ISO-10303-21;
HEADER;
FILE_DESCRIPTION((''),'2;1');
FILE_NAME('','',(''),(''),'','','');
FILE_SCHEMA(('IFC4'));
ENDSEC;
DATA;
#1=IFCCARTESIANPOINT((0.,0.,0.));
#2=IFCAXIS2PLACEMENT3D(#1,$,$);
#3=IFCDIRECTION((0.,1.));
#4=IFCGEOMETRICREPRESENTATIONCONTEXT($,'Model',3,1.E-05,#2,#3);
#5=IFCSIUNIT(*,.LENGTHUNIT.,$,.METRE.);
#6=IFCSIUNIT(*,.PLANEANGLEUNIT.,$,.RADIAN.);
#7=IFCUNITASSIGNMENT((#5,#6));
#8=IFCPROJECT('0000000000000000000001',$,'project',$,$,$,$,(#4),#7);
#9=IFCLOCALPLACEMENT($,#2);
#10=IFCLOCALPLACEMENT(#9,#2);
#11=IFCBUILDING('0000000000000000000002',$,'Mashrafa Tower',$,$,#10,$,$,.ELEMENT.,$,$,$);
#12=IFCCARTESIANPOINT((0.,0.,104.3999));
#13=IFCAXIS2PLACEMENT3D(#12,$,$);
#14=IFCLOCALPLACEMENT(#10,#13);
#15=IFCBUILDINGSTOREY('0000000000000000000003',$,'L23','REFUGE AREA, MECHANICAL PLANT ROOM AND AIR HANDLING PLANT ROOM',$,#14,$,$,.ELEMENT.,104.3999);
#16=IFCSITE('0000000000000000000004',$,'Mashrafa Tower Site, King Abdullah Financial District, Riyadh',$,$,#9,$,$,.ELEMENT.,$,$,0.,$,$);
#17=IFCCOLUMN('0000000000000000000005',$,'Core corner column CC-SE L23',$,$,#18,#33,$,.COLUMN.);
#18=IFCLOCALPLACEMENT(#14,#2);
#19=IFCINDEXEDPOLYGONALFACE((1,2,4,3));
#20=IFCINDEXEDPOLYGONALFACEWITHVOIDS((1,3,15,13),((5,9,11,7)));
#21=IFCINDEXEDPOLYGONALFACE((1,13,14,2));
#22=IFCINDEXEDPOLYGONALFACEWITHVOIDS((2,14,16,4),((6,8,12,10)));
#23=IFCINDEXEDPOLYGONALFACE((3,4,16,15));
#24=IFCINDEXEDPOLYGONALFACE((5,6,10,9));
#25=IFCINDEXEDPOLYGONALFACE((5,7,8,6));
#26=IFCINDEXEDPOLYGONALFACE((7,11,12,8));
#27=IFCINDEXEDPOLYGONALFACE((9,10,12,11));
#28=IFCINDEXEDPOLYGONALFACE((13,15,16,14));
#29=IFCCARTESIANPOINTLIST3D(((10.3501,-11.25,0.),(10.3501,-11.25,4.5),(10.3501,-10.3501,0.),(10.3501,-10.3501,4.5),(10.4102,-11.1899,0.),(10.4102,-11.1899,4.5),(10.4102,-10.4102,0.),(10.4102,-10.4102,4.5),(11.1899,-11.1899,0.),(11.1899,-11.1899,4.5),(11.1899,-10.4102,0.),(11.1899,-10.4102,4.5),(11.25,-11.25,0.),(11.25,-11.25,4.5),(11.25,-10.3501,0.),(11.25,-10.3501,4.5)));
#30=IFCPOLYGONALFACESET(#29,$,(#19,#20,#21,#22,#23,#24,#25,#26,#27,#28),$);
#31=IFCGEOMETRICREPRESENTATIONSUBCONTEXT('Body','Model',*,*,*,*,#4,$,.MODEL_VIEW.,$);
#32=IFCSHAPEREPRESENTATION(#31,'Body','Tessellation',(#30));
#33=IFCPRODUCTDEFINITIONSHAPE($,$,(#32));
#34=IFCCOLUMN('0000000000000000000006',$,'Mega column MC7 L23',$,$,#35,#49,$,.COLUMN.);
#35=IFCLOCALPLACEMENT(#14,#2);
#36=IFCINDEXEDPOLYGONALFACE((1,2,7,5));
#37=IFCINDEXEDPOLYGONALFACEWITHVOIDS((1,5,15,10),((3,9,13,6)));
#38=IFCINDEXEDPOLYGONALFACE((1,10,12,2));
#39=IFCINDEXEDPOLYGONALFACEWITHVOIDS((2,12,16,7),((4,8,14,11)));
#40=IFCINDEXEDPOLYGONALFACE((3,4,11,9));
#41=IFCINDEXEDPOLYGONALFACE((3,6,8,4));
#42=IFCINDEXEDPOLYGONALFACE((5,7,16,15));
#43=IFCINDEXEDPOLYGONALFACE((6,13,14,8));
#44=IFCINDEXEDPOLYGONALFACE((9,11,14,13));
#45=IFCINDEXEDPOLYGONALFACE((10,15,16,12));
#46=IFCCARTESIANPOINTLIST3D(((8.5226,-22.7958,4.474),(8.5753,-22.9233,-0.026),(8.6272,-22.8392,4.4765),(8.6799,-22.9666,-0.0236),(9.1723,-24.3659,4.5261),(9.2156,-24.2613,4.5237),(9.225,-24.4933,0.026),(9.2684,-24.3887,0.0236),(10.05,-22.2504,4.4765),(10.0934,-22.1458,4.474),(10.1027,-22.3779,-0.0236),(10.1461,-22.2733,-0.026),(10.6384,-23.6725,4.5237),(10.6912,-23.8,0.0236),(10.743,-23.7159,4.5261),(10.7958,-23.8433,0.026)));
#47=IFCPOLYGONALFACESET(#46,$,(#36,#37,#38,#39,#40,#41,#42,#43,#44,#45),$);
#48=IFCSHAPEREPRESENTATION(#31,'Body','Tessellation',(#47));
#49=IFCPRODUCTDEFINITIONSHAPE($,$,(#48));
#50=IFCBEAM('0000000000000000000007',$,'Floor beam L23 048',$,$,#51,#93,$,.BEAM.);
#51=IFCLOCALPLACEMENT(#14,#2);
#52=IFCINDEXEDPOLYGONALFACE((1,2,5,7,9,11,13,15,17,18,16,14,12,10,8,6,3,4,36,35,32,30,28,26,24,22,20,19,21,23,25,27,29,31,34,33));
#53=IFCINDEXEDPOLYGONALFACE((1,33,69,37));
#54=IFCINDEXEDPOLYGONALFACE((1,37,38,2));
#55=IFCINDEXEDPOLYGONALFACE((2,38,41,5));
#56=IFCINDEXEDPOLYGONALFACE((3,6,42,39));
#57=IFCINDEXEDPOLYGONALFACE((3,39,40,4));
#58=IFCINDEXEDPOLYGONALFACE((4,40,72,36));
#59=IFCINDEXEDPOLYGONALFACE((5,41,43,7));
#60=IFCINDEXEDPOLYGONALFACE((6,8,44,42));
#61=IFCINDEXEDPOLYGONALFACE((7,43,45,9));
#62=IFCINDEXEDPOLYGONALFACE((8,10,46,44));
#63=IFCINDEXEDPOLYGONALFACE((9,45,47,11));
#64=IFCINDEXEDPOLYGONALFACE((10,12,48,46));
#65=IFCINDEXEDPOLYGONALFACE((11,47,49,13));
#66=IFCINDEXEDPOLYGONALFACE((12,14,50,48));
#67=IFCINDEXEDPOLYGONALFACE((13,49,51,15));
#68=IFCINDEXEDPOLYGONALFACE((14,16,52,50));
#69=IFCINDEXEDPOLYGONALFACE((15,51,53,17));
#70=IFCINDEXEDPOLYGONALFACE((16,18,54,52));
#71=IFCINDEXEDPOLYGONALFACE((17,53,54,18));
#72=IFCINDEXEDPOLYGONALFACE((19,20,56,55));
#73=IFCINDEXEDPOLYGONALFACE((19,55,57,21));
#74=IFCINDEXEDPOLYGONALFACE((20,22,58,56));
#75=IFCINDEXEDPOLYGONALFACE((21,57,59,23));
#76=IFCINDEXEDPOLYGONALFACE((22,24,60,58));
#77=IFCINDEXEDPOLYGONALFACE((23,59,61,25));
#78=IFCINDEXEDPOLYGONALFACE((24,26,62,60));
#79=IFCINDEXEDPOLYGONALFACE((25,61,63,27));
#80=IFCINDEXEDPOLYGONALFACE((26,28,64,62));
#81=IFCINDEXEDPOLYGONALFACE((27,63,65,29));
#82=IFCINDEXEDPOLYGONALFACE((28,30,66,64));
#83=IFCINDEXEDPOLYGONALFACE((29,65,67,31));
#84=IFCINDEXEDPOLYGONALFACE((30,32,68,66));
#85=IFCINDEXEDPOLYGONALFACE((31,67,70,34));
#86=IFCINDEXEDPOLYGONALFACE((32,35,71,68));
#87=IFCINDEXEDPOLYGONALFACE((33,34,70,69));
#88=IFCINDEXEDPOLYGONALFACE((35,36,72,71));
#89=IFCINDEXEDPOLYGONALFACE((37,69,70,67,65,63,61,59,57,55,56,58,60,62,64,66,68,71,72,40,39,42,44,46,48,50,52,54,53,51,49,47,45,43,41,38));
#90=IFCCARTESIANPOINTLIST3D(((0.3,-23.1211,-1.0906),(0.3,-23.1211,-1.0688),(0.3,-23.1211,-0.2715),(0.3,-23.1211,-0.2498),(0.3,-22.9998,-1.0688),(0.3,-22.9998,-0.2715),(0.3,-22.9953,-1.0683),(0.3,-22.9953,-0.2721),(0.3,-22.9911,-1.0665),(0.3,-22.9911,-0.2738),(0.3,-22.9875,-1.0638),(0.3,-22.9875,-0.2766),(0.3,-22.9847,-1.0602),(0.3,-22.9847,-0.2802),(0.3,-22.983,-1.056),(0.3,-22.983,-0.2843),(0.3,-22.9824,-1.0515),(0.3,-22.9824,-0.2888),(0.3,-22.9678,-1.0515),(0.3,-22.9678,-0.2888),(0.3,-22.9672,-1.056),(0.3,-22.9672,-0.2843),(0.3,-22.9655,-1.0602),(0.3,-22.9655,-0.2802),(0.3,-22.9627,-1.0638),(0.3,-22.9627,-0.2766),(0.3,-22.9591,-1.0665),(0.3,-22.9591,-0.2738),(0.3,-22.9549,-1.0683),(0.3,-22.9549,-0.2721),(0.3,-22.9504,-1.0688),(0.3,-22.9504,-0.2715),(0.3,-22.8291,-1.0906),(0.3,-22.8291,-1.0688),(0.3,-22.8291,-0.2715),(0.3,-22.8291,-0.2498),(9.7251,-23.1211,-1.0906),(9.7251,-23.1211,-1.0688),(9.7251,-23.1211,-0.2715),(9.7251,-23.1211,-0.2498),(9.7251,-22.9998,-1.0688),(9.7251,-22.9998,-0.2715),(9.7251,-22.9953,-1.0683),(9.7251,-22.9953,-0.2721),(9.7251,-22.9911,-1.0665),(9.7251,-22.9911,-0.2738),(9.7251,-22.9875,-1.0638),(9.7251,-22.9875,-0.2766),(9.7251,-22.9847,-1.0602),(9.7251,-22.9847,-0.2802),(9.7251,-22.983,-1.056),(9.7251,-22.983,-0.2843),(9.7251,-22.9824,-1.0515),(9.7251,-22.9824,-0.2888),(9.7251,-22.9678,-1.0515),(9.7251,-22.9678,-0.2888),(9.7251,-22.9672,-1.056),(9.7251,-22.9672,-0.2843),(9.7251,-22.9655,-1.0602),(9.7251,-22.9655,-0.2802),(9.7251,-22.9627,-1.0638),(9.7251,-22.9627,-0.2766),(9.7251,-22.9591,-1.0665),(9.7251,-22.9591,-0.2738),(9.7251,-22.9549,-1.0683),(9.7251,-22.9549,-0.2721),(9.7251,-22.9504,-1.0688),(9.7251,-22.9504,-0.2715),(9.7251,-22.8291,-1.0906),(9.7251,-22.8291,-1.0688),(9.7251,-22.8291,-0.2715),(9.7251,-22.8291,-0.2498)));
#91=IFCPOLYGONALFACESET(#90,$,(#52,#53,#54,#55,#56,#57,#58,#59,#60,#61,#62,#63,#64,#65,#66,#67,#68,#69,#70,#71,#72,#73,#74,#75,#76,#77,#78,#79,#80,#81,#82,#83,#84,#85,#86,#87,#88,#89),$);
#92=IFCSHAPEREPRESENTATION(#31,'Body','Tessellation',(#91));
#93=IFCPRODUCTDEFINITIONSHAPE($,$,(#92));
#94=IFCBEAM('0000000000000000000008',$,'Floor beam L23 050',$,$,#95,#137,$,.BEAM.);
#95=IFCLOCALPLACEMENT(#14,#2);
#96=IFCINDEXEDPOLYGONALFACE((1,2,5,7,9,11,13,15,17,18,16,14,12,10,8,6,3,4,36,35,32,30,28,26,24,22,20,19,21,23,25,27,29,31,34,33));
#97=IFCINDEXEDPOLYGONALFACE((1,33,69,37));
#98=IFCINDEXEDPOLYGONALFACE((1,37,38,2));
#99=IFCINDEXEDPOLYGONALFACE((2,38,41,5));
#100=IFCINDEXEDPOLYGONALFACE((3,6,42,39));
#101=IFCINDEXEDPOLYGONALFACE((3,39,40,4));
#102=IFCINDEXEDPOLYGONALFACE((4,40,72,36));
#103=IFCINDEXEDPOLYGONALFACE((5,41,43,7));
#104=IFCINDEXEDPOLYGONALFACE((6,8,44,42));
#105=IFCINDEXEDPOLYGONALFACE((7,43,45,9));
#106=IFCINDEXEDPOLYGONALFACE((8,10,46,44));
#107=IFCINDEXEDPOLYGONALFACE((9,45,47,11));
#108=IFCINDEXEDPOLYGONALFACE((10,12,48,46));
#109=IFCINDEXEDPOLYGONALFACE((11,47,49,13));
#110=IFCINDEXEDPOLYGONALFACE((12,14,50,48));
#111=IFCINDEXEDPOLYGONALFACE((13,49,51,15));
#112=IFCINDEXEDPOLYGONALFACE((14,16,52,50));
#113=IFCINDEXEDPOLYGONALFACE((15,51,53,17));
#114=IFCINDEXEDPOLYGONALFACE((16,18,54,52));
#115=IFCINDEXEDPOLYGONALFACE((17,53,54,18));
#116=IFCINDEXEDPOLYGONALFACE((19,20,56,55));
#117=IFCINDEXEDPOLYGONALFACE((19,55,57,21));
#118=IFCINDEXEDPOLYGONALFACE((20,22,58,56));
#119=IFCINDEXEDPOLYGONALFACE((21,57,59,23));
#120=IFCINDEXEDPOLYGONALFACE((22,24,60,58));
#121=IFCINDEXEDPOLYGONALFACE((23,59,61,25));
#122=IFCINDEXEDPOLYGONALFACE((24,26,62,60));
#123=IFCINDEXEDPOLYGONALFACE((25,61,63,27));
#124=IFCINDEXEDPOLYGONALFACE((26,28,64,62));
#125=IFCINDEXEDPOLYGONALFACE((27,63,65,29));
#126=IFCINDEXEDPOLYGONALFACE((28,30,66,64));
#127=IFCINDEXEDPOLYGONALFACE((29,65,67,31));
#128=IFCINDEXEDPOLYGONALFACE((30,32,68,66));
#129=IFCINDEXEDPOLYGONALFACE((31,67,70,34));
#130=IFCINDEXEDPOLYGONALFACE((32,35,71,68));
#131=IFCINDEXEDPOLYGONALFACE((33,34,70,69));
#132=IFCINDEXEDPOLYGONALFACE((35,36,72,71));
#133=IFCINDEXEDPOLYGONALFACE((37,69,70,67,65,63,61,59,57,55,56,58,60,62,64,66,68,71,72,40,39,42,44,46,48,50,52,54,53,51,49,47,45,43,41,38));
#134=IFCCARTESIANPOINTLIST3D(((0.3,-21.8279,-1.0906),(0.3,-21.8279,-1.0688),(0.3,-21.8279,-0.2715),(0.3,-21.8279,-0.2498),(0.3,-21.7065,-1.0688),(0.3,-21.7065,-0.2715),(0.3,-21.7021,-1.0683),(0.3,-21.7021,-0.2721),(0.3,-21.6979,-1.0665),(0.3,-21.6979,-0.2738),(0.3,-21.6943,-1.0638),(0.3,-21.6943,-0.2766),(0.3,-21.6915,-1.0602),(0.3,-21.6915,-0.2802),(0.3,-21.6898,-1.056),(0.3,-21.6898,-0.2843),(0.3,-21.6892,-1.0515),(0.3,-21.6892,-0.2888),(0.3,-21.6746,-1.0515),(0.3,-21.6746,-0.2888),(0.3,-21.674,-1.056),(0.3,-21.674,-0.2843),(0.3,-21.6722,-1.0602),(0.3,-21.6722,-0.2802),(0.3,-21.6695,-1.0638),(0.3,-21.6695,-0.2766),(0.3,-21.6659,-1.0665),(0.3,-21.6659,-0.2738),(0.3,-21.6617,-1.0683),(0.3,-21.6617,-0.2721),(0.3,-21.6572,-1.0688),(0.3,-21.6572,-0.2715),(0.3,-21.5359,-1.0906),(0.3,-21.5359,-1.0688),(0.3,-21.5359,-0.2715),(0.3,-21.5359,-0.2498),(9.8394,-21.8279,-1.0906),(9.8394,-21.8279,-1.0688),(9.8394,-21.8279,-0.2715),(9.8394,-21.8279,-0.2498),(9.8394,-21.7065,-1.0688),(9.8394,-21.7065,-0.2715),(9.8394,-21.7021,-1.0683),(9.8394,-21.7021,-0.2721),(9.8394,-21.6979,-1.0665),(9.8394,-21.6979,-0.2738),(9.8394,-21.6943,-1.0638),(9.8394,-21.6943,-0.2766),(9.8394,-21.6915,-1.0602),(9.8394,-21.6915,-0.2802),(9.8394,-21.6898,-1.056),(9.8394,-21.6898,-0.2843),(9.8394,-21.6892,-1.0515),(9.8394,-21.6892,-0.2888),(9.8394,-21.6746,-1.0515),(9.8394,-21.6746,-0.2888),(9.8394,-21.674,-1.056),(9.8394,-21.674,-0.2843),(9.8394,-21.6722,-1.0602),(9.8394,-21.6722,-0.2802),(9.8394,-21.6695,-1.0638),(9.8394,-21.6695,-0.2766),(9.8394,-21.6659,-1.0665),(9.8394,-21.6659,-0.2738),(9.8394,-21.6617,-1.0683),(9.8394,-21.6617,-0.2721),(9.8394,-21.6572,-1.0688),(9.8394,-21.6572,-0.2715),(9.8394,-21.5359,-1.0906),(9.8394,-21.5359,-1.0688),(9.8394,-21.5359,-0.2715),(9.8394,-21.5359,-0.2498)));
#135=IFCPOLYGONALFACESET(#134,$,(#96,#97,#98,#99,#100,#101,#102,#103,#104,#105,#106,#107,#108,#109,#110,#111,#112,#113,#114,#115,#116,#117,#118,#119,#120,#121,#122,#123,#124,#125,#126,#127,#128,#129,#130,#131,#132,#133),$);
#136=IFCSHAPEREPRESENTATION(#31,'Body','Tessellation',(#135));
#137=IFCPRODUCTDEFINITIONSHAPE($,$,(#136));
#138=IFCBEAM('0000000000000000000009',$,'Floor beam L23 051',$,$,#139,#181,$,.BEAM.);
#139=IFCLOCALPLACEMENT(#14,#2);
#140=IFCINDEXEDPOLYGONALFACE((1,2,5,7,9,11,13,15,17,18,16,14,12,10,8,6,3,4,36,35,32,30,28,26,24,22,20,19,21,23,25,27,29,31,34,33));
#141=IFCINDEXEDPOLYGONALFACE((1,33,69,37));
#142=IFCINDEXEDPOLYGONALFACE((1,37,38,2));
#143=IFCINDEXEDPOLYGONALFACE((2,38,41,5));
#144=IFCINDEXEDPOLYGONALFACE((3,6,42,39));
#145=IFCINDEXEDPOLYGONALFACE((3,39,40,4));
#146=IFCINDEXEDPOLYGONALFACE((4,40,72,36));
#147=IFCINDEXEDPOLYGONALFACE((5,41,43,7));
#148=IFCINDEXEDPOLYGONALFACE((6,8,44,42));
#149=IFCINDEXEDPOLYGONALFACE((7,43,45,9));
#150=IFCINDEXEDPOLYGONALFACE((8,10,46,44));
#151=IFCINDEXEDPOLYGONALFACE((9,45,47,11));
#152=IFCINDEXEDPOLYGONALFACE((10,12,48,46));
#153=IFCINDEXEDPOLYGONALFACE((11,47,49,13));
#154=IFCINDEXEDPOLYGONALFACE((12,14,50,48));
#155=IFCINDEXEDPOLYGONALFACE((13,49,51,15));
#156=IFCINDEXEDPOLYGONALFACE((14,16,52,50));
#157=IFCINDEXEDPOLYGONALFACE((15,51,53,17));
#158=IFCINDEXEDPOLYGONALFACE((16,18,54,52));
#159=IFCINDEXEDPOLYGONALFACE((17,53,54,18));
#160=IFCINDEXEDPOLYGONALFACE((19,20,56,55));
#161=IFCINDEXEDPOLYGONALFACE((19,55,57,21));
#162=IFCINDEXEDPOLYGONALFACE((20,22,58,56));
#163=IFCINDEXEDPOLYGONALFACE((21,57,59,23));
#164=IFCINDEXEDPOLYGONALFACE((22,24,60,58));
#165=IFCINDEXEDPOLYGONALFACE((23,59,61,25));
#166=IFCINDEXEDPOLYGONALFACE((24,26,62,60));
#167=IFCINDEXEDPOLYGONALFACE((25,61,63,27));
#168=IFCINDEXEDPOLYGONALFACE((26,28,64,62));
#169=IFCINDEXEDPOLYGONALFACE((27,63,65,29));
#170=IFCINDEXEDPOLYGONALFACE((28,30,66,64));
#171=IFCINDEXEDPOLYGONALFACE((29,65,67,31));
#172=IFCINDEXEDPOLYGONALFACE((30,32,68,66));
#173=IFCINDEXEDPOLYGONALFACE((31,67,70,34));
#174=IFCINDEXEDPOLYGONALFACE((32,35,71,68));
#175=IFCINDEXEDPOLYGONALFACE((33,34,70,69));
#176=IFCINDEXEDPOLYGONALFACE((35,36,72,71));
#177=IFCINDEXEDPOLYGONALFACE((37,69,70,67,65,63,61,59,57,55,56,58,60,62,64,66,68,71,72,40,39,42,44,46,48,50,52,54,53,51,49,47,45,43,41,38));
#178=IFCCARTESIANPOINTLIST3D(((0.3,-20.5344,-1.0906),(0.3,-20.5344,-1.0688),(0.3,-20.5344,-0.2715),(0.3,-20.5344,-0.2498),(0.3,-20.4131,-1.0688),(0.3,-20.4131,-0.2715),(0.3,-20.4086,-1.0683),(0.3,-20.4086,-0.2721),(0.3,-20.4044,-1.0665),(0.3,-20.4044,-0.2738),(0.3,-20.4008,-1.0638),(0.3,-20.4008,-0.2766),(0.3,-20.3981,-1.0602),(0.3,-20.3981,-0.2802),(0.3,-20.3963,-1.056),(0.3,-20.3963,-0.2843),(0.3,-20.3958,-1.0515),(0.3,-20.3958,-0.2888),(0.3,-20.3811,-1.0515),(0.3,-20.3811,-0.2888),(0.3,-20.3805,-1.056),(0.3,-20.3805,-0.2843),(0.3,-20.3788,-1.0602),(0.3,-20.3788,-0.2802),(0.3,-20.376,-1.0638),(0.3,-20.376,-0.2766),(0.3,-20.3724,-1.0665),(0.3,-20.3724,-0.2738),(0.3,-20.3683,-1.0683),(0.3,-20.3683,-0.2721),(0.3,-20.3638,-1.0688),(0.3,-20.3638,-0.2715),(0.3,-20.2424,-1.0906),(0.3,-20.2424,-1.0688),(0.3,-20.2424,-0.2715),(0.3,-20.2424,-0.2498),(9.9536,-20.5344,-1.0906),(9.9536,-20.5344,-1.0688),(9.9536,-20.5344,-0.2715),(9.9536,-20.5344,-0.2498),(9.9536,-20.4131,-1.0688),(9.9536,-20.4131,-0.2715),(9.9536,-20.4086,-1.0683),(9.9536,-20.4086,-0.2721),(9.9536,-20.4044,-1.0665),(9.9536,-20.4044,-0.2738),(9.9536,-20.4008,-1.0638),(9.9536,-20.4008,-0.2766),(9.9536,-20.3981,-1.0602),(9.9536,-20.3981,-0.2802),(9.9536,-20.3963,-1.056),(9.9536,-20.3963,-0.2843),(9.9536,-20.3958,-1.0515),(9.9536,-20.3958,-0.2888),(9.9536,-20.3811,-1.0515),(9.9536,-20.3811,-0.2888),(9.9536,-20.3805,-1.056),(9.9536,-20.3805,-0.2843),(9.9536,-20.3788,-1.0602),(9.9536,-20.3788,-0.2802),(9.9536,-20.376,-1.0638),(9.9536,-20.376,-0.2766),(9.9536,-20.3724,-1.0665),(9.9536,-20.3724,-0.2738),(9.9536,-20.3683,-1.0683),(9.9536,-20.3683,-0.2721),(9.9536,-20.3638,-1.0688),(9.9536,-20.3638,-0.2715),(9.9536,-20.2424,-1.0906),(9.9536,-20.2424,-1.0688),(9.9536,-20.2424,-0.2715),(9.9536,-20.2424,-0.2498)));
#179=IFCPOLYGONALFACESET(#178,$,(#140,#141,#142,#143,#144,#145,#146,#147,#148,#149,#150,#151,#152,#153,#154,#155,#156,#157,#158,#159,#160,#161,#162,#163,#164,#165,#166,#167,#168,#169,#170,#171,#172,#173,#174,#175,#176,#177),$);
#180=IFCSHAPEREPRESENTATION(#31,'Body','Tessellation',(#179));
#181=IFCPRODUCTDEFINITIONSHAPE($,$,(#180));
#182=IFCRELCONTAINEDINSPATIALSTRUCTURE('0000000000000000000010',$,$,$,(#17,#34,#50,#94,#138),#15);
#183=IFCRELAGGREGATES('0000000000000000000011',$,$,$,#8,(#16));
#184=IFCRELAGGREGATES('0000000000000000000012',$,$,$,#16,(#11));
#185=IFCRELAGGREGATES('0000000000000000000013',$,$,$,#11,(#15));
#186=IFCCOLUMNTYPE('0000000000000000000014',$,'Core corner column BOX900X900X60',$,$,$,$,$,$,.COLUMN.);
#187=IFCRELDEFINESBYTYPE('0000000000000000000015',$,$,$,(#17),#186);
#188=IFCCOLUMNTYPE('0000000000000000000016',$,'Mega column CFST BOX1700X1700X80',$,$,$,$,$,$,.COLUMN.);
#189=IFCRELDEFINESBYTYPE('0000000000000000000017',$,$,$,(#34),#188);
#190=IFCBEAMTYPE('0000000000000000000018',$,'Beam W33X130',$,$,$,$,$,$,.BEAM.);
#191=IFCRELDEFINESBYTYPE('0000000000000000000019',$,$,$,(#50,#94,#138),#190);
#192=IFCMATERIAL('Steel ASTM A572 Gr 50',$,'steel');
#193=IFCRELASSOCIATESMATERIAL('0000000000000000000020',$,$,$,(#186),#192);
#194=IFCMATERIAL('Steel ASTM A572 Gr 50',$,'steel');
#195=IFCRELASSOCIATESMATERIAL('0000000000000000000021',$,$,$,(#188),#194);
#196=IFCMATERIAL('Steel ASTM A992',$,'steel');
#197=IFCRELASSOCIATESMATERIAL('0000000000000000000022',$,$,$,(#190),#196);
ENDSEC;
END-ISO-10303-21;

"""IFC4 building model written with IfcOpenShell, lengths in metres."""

from ifc_helpers import new_model, si_unit, direction, frame, origin, origin_2d, place, context, subcontext, project, spatial, hollow_rectangle, i_section, extrude, material, material_profile, profile_set, type_object, element, save


model = new_model("IFC4")

# Units and contexts
model_context = context("Model", 3, precision=1e-05, world=origin(), true_north=direction((0.0, 1.0)))
body_context = subcontext(model_context, "Body", "Model", "MODEL_VIEW")
ifc_project = project(units=[si_unit("LENGTHUNIT", "METRE"), si_unit("PLANEANGLEUNIT", "RADIAN")], contexts=[model_context])

# Site, building, storey
site_placement = place(None, origin())
site = spatial("IfcSite", under=ifc_project, at=site_placement, Name="Mashrafa Tower Site, King Abdullah Financial District, Riyadh", CompositionType="ELEMENT", RefElevation=0.0)
building_placement = place(site_placement, origin())
building = spatial("IfcBuilding", under=site, at=building_placement, Name="Mashrafa Tower", CompositionType="ELEMENT")
storey_placement = place(building_placement, frame((0.0, 0.0, 104.3999)))
storey = spatial("IfcBuildingStorey", under=building, at=storey_placement, Name="L23", Description="REFUGE AREA, MECHANICAL PLANT ROOM AND AIR HANDLING PLANT ROOM", CompositionType="ELEMENT", Elevation=104.3999)

# Columns
ifc_material_1 = material(Name="Steel ASTM A572 Gr 50", Category="steel")
ifc_material_profile_1 = material_profile(ifc_material_1, hollow_rectangle(XDim=0.8999, YDim=0.8999, WallThickness=0.0601, at=origin_2d()), Name="BOX900X900X60")
ifc_profile_set_1 = profile_set([ifc_material_profile_1], Name="Steel ASTM A572 Gr 50")
column_type_1 = type_object("IfcColumnType", Name="Core corner column BOX900X900X60", PredefinedType="COLUMN", material=ifc_profile_set_1)
column_1_placement = place(storey_placement, frame((10.8, -10.8, 0.0), z_axis=(0.0, 0.0, 1.0), x_axis=(1.0, 0.0, 0.0)))
element("IfcColumn", 1, at=column_1_placement, inside=storey, type_object=column_type_1, Name="Core corner column CC-SE L23", PredefinedType="COLUMN", context=body_context, shape_type="SweptSolid", body=[
    extrude(hollow_rectangle(XDim=0.8999, YDim=0.8999, WallThickness=0.0601, at=origin_2d()), origin(), (0.0, 0.0, 1.0), 4.5),
])
ifc_material_2 = material(Name="Steel ASTM A572 Gr 50", Category="steel")
ifc_material_profile_2 = material_profile(ifc_material_2, hollow_rectangle(XDim=1.7, YDim=1.7, WallThickness=0.0801, at=origin_2d()), Name="BOX1700X1700X80")
ifc_profile_set_2 = profile_set([ifc_material_profile_2], Name="Steel ASTM A572 Gr 50")
column_type_2 = type_object("IfcColumnType", Name="Mega column CFST BOX1700X1700X80", PredefinedType="COLUMN", material=ifc_profile_set_2)
column_2_placement = place(storey_placement, frame((9.6855, -23.3833, 0.0), z_axis=(-0.011713, 0.028307, 0.999531), x_axis=(-0.924017, -0.382352, 0.0)))
element("IfcColumn", 2, at=column_2_placement, inside=storey, type_object=column_type_2, Name="Mega column MC7 L23", PredefinedType="COLUMN", context=body_context, shape_type="SweptSolid", body=[
    extrude(hollow_rectangle(XDim=1.7, YDim=1.7, WallThickness=0.0801, at=origin_2d()), origin(), (0.0, 0.0, 1.0), 4.5022),
])

# Beams
ifc_material_3 = material(Name="Steel ASTM A992", Category="steel")
ifc_material_profile_3 = material_profile(ifc_material_3, i_section(OverallWidth=0.292, OverallDepth=0.8408, WebThickness=0.0146, FlangeThickness=0.0217, FilletRadius=0.0173, at=origin_2d()), Name="W33X130")
ifc_profile_set_3 = profile_set([ifc_material_profile_3], Name="Steel ASTM A992")
beam_type_1 = type_object("IfcBeamType", Name="Beam W33X130", PredefinedType="BEAM", material=ifc_profile_set_3)
beam_1_placement = place(storey_placement, frame((9.7251, -22.9751, -0.6702), z_axis=(-1.0, 0.0, 0.0), x_axis=(0.0, -1.0, 0.0)))
element("IfcBeam", 3, at=beam_1_placement, inside=storey, type_object=beam_type_1, Name="Floor beam L23 048", PredefinedType="BEAM", context=body_context, shape_type="SweptSolid", body=[
    extrude(i_section(OverallWidth=0.292, OverallDepth=0.8408, WebThickness=0.0146, FlangeThickness=0.0217, FilletRadius=0.0173, at=origin_2d()), origin(), (0.0, 0.0, 1.0), 9.425),
])
beam_2_placement = place(storey_placement, frame((9.8394, -21.6819, -0.6702), z_axis=(-1.0, 0.0, 0.0), x_axis=(0.0, -1.0, 0.0)))
element("IfcBeam", 4, at=beam_2_placement, inside=storey, type_object=beam_type_1, Name="Floor beam L23 050", PredefinedType="BEAM", context=body_context, shape_type="SweptSolid", body=[
    extrude(i_section(OverallWidth=0.292, OverallDepth=0.8408, WebThickness=0.0146, FlangeThickness=0.0217, FilletRadius=0.0173, at=origin_2d()), origin(), (0.0, 0.0, 1.0), 9.5393),
])
beam_3_placement = place(storey_placement, frame((9.9536, -20.3884, -0.6702), z_axis=(-1.0, 0.0, 0.0), x_axis=(0.0, -1.0, 0.0)))
element("IfcBeam", 5, at=beam_3_placement, inside=storey, type_object=beam_type_1, Name="Floor beam L23 051", PredefinedType="BEAM", context=body_context, shape_type="SweptSolid", body=[
    extrude(i_section(OverallWidth=0.292, OverallDepth=0.8408, WebThickness=0.0146, FlangeThickness=0.0217, FilletRadius=0.0173, at=origin_2d()), origin(), (0.0, 0.0, 1.0), 9.6536),
])

save(model, "model.ifc")
